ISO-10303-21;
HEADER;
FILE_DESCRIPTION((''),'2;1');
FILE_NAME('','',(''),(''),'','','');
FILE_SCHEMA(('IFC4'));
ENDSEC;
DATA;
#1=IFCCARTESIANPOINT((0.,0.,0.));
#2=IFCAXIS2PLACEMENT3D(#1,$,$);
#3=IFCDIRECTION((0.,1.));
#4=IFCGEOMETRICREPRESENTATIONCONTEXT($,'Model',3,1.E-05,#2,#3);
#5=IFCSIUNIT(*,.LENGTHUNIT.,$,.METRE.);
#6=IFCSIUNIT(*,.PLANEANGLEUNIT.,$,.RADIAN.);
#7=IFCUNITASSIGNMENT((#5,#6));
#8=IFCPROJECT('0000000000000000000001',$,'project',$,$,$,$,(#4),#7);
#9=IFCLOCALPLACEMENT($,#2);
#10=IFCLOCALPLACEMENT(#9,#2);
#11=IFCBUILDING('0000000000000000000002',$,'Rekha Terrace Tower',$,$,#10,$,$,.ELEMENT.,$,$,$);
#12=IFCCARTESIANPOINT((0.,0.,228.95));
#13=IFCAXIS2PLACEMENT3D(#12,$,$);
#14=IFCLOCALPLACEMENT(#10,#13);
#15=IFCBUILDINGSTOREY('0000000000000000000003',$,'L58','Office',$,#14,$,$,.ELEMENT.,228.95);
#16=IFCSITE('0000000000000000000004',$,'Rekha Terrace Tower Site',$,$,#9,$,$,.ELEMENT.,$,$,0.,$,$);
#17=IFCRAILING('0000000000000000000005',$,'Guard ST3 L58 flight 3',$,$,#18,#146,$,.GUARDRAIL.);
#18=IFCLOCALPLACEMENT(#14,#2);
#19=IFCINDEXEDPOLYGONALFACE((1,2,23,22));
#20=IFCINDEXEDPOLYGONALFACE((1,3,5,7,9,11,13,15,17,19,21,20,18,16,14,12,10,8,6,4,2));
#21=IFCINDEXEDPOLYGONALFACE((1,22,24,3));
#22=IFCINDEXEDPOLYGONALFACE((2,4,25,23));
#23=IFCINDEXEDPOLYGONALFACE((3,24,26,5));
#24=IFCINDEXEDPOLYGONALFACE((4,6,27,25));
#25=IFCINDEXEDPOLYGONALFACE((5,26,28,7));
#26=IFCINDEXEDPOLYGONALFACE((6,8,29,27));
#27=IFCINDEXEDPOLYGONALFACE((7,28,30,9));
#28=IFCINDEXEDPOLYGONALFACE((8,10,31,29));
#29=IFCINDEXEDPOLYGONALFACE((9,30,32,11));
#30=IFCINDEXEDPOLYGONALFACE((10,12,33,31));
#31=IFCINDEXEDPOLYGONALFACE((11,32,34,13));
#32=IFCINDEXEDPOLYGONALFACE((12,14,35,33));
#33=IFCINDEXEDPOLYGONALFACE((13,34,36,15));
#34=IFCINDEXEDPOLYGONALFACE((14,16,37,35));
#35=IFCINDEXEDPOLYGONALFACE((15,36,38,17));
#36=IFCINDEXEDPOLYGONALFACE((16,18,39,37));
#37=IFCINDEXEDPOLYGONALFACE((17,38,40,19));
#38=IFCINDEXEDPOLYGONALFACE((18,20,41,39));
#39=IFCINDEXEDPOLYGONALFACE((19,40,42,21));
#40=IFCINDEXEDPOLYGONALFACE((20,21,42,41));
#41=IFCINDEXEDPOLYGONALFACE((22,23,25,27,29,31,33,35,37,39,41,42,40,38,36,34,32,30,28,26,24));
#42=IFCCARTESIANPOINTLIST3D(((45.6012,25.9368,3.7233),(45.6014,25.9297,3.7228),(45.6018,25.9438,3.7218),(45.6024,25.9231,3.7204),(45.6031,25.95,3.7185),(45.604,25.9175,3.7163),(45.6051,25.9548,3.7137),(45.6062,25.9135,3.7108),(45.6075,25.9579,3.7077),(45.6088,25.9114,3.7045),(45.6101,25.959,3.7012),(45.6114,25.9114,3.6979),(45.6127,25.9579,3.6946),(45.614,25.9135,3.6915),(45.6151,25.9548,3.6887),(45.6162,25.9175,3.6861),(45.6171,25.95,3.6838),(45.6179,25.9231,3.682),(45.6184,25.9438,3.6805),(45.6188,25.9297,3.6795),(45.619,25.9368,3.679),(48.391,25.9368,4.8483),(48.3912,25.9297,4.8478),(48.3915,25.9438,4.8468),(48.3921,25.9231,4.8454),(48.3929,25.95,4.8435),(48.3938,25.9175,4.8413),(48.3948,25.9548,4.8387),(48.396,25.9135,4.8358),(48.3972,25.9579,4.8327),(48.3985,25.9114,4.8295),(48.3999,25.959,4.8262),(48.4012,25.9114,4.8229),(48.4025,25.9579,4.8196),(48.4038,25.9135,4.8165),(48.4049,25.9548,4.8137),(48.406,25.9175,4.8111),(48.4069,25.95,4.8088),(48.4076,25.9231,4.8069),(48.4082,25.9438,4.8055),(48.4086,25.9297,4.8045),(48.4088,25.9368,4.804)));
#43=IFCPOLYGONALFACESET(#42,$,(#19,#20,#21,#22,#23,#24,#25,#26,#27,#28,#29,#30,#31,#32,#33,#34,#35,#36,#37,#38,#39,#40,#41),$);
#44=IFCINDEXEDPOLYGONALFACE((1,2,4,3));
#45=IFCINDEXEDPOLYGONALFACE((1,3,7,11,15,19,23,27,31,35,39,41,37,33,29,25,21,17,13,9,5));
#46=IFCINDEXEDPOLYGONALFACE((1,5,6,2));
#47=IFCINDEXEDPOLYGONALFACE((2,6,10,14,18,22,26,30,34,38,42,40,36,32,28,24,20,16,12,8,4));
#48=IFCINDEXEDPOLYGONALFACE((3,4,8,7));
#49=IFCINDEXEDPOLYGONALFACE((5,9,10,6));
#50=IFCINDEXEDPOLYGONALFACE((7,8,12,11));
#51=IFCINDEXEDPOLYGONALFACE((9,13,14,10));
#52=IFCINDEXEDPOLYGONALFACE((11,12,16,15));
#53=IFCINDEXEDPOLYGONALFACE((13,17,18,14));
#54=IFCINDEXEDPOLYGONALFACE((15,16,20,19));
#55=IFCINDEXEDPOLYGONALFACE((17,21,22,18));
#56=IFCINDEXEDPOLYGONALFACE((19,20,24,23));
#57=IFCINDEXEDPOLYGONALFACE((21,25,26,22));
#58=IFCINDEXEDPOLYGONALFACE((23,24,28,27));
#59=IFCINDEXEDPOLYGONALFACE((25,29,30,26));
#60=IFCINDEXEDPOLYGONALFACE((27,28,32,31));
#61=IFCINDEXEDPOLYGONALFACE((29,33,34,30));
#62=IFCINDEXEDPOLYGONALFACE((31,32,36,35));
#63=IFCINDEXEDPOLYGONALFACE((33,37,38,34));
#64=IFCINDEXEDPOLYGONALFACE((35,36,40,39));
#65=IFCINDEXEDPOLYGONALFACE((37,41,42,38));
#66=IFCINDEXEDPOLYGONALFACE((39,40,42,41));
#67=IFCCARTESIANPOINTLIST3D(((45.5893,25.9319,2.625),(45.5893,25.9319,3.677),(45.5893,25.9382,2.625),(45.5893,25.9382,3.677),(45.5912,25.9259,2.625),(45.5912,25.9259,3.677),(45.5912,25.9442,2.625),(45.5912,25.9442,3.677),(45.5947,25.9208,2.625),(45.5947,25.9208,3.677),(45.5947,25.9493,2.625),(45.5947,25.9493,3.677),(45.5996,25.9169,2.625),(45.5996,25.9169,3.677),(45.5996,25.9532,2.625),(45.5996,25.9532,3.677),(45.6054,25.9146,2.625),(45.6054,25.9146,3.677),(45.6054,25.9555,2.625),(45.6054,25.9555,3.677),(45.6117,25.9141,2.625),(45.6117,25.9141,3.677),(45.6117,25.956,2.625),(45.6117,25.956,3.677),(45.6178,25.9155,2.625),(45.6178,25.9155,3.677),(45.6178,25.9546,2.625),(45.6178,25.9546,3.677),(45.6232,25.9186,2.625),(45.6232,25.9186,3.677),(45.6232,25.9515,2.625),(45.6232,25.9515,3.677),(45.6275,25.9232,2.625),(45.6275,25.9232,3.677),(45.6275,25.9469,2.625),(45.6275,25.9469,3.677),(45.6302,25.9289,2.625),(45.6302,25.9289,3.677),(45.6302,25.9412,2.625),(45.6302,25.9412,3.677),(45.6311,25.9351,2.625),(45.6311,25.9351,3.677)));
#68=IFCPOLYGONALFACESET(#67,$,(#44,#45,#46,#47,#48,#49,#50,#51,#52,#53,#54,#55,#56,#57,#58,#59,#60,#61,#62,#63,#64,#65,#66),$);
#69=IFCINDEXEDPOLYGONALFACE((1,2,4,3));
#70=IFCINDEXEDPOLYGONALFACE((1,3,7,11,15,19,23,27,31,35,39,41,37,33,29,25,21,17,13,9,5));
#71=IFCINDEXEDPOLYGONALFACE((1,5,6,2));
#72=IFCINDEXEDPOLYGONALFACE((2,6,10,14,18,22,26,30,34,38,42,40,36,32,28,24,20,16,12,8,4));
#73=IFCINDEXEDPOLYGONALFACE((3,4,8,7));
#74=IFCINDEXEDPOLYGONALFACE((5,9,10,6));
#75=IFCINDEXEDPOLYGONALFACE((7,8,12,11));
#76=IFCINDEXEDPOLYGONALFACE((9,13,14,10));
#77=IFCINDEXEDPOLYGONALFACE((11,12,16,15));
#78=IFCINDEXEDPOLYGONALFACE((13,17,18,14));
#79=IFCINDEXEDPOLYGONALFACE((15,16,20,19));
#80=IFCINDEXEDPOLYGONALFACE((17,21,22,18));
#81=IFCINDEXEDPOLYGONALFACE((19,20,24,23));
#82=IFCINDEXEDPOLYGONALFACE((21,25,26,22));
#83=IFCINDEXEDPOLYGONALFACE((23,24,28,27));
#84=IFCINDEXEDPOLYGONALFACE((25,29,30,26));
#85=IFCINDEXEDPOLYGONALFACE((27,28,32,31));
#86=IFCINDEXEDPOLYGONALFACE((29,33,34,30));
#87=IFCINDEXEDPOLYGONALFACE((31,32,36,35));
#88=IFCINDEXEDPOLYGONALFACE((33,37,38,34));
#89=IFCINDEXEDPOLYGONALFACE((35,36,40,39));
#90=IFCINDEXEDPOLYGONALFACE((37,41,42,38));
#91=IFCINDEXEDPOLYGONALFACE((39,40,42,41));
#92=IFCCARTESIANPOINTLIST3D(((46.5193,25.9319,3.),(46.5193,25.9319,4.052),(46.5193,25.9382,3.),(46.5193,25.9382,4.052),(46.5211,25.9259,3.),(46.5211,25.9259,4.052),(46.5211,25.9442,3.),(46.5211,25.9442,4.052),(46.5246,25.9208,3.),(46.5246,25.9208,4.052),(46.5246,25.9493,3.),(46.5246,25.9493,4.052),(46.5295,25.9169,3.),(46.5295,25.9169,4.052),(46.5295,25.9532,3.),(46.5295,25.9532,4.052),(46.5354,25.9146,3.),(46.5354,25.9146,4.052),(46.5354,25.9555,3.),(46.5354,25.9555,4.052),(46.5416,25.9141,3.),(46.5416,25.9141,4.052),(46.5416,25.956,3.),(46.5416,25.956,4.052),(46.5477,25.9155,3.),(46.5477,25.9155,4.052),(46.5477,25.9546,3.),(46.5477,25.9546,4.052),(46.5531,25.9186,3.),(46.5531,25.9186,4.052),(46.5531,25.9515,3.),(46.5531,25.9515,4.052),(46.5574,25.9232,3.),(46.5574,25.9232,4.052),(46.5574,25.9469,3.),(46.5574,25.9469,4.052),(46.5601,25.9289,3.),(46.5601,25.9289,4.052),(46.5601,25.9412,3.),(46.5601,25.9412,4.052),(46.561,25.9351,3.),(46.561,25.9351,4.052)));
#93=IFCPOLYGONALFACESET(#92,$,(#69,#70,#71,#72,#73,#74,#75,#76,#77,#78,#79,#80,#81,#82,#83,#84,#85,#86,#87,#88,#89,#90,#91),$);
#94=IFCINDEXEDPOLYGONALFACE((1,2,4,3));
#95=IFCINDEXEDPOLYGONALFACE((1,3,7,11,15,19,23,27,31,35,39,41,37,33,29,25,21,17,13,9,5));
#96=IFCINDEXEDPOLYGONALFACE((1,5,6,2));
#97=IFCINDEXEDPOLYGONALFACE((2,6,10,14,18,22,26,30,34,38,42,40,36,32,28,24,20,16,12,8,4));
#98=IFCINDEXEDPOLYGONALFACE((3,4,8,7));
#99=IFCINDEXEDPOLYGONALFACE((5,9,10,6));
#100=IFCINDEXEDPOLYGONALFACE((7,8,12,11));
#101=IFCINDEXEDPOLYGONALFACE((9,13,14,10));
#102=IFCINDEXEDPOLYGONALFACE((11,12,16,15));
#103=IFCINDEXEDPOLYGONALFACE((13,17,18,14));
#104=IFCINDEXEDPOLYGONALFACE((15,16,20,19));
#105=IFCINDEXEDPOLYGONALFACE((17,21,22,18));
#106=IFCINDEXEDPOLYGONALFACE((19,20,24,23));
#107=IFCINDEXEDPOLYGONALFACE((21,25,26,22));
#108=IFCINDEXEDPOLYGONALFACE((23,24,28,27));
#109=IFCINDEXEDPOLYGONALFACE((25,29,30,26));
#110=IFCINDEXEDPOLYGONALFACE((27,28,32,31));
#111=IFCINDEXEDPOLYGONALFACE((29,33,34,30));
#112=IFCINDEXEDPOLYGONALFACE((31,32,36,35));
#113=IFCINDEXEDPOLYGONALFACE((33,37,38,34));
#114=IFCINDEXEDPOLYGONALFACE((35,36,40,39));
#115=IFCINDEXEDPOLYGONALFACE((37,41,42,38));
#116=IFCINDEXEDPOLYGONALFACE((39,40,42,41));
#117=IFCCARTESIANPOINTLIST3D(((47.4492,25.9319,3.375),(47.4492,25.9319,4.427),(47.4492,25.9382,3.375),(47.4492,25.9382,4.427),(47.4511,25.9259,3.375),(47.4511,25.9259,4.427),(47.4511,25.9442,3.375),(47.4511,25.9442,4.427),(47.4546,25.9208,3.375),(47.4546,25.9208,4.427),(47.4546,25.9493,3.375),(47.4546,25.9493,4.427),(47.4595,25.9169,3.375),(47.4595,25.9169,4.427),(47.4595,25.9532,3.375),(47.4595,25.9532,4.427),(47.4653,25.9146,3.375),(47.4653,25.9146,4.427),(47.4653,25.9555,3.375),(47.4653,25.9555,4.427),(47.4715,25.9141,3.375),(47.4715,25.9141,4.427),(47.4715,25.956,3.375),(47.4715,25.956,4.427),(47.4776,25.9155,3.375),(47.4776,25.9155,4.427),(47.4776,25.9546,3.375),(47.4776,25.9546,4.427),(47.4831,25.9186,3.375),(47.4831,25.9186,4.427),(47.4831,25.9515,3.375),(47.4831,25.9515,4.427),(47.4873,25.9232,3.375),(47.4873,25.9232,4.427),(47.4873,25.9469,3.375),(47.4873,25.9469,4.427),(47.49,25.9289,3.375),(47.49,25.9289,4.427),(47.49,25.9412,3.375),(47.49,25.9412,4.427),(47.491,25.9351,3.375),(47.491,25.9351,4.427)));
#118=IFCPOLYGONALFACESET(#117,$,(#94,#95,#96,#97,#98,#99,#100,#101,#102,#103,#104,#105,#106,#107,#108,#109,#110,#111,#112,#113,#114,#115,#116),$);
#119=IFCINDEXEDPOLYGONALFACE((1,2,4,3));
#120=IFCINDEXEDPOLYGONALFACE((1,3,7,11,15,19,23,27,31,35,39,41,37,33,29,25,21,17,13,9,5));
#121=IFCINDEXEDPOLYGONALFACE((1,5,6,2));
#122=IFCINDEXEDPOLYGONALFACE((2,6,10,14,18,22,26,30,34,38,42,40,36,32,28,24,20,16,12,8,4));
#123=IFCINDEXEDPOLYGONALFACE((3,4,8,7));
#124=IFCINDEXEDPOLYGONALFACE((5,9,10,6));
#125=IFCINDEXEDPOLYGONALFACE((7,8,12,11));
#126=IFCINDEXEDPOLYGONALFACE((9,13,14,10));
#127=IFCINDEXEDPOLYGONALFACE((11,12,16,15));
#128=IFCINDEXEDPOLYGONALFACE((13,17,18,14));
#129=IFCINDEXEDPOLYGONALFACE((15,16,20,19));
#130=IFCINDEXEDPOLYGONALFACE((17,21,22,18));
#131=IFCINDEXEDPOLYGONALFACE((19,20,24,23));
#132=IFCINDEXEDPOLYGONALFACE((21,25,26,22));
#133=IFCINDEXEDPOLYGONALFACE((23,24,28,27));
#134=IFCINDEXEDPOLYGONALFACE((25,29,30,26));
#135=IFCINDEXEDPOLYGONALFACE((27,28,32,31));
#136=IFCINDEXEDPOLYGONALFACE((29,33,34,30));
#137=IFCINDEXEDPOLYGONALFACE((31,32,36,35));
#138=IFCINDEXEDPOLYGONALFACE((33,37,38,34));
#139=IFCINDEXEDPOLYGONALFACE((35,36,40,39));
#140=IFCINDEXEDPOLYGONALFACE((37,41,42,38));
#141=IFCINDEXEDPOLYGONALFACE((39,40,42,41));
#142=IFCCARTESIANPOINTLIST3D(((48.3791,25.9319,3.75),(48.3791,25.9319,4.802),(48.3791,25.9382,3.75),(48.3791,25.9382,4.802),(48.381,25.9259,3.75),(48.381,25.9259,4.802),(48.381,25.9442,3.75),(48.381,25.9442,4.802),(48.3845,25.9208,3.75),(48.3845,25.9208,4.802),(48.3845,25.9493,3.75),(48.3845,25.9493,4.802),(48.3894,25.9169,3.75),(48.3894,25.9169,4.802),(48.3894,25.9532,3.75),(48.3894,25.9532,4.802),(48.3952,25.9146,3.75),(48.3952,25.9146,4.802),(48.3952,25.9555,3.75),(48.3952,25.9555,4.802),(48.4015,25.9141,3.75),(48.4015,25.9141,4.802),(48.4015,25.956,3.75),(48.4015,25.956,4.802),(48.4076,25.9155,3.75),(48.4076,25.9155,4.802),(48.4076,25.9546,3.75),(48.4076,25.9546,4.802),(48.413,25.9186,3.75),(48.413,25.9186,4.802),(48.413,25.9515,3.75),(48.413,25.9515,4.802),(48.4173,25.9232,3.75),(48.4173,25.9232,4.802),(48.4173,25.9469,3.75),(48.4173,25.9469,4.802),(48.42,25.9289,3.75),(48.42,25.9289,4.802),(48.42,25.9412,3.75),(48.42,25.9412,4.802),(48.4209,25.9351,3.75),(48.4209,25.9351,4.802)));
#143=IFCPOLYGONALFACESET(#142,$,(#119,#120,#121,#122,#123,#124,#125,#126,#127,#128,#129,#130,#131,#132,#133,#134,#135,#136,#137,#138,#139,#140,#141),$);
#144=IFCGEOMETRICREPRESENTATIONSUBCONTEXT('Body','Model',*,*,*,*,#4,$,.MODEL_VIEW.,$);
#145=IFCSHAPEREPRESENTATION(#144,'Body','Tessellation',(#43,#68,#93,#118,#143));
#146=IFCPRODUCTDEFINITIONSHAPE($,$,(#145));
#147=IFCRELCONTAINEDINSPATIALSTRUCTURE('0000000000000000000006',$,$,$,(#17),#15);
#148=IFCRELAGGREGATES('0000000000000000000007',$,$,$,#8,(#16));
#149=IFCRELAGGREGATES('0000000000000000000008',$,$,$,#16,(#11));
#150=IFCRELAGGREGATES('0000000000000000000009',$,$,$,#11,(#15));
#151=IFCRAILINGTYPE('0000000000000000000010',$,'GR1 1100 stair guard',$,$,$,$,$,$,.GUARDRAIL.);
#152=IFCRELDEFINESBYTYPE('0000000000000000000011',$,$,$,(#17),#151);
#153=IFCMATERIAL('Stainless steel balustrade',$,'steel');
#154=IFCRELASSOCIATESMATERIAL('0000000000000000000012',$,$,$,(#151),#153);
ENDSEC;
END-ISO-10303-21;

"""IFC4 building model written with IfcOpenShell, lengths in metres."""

from ifc_helpers import new_model, si_unit, direction, frame, origin, origin_2d, place, context, subcontext, project, spatial, circle, extrude, material, type_object, element, save


model = new_model("IFC4")

# Units and contexts
model_context = context("Model", 3, precision=1e-05, world=origin(), true_north=direction((0.0, 1.0)))
body_context = subcontext(model_context, "Body", "Model", "MODEL_VIEW")
ifc_project = project(units=[si_unit("LENGTHUNIT", "METRE"), si_unit("PLANEANGLEUNIT", "RADIAN")], contexts=[model_context])

# Site, building, storey
site_placement = place(None, origin())
site = spatial("IfcSite", under=ifc_project, at=site_placement, Name="Rekha Terrace Tower Site", CompositionType="ELEMENT", RefElevation=0.0)
building_placement = place(site_placement, origin())
building = spatial("IfcBuilding", under=site, at=building_placement, Name="Rekha Terrace Tower", CompositionType="ELEMENT")
storey_placement = place(building_placement, frame((0.0, 0.0, 228.95)))
storey = spatial("IfcBuildingStorey", under=building, at=storey_placement, Name="L58", Description="Office", CompositionType="ELEMENT", Elevation=228.95)

# Railing
ifc_material_1 = material(Name="Stainless steel balustrade", Category="steel")
railing_type_1 = type_object("IfcRailingType", Name="GR1 1100 stair guard", PredefinedType="GUARDRAIL", material=ifc_material_1)
railing_1_placement = place(storey_placement, frame((45.6101, 25.9351, 2.625)))
element("IfcRailing", 1, at=railing_1_placement, inside=storey, type_object=railing_type_1, Name="Guard ST3 L58 flight 3", PredefinedType="GUARDRAIL", context=body_context, shape_type="SweptSolid", body=[
    extrude(circle(Radius=0.0239, at=origin_2d()), frame((0.0, 0.0, 1.0762), z_axis=(0.927432, 0.0, 0.373992), x_axis=(0.0, 1.0, 0.0)), (0.0, 0.0, 1.0), 3.0081),
    extrude(circle(Radius=0.021, at=origin_2d()), origin(), (0.0, 0.0, 1.0), 1.052),
    extrude(circle(Radius=0.021, at=origin_2d()), frame((0.9299, 0.0, 0.375)), (0.0, 0.0, 1.0), 1.052),
    extrude(circle(Radius=0.021, at=origin_2d()), frame((1.8599, 0.0, 0.75)), (0.0, 0.0, 1.0), 1.052),
    extrude(circle(Radius=0.021, at=origin_2d()), frame((2.7898, 0.0, 1.125)), (0.0, 0.0, 1.0), 1.052),
])

save(model, "model.ifc")
